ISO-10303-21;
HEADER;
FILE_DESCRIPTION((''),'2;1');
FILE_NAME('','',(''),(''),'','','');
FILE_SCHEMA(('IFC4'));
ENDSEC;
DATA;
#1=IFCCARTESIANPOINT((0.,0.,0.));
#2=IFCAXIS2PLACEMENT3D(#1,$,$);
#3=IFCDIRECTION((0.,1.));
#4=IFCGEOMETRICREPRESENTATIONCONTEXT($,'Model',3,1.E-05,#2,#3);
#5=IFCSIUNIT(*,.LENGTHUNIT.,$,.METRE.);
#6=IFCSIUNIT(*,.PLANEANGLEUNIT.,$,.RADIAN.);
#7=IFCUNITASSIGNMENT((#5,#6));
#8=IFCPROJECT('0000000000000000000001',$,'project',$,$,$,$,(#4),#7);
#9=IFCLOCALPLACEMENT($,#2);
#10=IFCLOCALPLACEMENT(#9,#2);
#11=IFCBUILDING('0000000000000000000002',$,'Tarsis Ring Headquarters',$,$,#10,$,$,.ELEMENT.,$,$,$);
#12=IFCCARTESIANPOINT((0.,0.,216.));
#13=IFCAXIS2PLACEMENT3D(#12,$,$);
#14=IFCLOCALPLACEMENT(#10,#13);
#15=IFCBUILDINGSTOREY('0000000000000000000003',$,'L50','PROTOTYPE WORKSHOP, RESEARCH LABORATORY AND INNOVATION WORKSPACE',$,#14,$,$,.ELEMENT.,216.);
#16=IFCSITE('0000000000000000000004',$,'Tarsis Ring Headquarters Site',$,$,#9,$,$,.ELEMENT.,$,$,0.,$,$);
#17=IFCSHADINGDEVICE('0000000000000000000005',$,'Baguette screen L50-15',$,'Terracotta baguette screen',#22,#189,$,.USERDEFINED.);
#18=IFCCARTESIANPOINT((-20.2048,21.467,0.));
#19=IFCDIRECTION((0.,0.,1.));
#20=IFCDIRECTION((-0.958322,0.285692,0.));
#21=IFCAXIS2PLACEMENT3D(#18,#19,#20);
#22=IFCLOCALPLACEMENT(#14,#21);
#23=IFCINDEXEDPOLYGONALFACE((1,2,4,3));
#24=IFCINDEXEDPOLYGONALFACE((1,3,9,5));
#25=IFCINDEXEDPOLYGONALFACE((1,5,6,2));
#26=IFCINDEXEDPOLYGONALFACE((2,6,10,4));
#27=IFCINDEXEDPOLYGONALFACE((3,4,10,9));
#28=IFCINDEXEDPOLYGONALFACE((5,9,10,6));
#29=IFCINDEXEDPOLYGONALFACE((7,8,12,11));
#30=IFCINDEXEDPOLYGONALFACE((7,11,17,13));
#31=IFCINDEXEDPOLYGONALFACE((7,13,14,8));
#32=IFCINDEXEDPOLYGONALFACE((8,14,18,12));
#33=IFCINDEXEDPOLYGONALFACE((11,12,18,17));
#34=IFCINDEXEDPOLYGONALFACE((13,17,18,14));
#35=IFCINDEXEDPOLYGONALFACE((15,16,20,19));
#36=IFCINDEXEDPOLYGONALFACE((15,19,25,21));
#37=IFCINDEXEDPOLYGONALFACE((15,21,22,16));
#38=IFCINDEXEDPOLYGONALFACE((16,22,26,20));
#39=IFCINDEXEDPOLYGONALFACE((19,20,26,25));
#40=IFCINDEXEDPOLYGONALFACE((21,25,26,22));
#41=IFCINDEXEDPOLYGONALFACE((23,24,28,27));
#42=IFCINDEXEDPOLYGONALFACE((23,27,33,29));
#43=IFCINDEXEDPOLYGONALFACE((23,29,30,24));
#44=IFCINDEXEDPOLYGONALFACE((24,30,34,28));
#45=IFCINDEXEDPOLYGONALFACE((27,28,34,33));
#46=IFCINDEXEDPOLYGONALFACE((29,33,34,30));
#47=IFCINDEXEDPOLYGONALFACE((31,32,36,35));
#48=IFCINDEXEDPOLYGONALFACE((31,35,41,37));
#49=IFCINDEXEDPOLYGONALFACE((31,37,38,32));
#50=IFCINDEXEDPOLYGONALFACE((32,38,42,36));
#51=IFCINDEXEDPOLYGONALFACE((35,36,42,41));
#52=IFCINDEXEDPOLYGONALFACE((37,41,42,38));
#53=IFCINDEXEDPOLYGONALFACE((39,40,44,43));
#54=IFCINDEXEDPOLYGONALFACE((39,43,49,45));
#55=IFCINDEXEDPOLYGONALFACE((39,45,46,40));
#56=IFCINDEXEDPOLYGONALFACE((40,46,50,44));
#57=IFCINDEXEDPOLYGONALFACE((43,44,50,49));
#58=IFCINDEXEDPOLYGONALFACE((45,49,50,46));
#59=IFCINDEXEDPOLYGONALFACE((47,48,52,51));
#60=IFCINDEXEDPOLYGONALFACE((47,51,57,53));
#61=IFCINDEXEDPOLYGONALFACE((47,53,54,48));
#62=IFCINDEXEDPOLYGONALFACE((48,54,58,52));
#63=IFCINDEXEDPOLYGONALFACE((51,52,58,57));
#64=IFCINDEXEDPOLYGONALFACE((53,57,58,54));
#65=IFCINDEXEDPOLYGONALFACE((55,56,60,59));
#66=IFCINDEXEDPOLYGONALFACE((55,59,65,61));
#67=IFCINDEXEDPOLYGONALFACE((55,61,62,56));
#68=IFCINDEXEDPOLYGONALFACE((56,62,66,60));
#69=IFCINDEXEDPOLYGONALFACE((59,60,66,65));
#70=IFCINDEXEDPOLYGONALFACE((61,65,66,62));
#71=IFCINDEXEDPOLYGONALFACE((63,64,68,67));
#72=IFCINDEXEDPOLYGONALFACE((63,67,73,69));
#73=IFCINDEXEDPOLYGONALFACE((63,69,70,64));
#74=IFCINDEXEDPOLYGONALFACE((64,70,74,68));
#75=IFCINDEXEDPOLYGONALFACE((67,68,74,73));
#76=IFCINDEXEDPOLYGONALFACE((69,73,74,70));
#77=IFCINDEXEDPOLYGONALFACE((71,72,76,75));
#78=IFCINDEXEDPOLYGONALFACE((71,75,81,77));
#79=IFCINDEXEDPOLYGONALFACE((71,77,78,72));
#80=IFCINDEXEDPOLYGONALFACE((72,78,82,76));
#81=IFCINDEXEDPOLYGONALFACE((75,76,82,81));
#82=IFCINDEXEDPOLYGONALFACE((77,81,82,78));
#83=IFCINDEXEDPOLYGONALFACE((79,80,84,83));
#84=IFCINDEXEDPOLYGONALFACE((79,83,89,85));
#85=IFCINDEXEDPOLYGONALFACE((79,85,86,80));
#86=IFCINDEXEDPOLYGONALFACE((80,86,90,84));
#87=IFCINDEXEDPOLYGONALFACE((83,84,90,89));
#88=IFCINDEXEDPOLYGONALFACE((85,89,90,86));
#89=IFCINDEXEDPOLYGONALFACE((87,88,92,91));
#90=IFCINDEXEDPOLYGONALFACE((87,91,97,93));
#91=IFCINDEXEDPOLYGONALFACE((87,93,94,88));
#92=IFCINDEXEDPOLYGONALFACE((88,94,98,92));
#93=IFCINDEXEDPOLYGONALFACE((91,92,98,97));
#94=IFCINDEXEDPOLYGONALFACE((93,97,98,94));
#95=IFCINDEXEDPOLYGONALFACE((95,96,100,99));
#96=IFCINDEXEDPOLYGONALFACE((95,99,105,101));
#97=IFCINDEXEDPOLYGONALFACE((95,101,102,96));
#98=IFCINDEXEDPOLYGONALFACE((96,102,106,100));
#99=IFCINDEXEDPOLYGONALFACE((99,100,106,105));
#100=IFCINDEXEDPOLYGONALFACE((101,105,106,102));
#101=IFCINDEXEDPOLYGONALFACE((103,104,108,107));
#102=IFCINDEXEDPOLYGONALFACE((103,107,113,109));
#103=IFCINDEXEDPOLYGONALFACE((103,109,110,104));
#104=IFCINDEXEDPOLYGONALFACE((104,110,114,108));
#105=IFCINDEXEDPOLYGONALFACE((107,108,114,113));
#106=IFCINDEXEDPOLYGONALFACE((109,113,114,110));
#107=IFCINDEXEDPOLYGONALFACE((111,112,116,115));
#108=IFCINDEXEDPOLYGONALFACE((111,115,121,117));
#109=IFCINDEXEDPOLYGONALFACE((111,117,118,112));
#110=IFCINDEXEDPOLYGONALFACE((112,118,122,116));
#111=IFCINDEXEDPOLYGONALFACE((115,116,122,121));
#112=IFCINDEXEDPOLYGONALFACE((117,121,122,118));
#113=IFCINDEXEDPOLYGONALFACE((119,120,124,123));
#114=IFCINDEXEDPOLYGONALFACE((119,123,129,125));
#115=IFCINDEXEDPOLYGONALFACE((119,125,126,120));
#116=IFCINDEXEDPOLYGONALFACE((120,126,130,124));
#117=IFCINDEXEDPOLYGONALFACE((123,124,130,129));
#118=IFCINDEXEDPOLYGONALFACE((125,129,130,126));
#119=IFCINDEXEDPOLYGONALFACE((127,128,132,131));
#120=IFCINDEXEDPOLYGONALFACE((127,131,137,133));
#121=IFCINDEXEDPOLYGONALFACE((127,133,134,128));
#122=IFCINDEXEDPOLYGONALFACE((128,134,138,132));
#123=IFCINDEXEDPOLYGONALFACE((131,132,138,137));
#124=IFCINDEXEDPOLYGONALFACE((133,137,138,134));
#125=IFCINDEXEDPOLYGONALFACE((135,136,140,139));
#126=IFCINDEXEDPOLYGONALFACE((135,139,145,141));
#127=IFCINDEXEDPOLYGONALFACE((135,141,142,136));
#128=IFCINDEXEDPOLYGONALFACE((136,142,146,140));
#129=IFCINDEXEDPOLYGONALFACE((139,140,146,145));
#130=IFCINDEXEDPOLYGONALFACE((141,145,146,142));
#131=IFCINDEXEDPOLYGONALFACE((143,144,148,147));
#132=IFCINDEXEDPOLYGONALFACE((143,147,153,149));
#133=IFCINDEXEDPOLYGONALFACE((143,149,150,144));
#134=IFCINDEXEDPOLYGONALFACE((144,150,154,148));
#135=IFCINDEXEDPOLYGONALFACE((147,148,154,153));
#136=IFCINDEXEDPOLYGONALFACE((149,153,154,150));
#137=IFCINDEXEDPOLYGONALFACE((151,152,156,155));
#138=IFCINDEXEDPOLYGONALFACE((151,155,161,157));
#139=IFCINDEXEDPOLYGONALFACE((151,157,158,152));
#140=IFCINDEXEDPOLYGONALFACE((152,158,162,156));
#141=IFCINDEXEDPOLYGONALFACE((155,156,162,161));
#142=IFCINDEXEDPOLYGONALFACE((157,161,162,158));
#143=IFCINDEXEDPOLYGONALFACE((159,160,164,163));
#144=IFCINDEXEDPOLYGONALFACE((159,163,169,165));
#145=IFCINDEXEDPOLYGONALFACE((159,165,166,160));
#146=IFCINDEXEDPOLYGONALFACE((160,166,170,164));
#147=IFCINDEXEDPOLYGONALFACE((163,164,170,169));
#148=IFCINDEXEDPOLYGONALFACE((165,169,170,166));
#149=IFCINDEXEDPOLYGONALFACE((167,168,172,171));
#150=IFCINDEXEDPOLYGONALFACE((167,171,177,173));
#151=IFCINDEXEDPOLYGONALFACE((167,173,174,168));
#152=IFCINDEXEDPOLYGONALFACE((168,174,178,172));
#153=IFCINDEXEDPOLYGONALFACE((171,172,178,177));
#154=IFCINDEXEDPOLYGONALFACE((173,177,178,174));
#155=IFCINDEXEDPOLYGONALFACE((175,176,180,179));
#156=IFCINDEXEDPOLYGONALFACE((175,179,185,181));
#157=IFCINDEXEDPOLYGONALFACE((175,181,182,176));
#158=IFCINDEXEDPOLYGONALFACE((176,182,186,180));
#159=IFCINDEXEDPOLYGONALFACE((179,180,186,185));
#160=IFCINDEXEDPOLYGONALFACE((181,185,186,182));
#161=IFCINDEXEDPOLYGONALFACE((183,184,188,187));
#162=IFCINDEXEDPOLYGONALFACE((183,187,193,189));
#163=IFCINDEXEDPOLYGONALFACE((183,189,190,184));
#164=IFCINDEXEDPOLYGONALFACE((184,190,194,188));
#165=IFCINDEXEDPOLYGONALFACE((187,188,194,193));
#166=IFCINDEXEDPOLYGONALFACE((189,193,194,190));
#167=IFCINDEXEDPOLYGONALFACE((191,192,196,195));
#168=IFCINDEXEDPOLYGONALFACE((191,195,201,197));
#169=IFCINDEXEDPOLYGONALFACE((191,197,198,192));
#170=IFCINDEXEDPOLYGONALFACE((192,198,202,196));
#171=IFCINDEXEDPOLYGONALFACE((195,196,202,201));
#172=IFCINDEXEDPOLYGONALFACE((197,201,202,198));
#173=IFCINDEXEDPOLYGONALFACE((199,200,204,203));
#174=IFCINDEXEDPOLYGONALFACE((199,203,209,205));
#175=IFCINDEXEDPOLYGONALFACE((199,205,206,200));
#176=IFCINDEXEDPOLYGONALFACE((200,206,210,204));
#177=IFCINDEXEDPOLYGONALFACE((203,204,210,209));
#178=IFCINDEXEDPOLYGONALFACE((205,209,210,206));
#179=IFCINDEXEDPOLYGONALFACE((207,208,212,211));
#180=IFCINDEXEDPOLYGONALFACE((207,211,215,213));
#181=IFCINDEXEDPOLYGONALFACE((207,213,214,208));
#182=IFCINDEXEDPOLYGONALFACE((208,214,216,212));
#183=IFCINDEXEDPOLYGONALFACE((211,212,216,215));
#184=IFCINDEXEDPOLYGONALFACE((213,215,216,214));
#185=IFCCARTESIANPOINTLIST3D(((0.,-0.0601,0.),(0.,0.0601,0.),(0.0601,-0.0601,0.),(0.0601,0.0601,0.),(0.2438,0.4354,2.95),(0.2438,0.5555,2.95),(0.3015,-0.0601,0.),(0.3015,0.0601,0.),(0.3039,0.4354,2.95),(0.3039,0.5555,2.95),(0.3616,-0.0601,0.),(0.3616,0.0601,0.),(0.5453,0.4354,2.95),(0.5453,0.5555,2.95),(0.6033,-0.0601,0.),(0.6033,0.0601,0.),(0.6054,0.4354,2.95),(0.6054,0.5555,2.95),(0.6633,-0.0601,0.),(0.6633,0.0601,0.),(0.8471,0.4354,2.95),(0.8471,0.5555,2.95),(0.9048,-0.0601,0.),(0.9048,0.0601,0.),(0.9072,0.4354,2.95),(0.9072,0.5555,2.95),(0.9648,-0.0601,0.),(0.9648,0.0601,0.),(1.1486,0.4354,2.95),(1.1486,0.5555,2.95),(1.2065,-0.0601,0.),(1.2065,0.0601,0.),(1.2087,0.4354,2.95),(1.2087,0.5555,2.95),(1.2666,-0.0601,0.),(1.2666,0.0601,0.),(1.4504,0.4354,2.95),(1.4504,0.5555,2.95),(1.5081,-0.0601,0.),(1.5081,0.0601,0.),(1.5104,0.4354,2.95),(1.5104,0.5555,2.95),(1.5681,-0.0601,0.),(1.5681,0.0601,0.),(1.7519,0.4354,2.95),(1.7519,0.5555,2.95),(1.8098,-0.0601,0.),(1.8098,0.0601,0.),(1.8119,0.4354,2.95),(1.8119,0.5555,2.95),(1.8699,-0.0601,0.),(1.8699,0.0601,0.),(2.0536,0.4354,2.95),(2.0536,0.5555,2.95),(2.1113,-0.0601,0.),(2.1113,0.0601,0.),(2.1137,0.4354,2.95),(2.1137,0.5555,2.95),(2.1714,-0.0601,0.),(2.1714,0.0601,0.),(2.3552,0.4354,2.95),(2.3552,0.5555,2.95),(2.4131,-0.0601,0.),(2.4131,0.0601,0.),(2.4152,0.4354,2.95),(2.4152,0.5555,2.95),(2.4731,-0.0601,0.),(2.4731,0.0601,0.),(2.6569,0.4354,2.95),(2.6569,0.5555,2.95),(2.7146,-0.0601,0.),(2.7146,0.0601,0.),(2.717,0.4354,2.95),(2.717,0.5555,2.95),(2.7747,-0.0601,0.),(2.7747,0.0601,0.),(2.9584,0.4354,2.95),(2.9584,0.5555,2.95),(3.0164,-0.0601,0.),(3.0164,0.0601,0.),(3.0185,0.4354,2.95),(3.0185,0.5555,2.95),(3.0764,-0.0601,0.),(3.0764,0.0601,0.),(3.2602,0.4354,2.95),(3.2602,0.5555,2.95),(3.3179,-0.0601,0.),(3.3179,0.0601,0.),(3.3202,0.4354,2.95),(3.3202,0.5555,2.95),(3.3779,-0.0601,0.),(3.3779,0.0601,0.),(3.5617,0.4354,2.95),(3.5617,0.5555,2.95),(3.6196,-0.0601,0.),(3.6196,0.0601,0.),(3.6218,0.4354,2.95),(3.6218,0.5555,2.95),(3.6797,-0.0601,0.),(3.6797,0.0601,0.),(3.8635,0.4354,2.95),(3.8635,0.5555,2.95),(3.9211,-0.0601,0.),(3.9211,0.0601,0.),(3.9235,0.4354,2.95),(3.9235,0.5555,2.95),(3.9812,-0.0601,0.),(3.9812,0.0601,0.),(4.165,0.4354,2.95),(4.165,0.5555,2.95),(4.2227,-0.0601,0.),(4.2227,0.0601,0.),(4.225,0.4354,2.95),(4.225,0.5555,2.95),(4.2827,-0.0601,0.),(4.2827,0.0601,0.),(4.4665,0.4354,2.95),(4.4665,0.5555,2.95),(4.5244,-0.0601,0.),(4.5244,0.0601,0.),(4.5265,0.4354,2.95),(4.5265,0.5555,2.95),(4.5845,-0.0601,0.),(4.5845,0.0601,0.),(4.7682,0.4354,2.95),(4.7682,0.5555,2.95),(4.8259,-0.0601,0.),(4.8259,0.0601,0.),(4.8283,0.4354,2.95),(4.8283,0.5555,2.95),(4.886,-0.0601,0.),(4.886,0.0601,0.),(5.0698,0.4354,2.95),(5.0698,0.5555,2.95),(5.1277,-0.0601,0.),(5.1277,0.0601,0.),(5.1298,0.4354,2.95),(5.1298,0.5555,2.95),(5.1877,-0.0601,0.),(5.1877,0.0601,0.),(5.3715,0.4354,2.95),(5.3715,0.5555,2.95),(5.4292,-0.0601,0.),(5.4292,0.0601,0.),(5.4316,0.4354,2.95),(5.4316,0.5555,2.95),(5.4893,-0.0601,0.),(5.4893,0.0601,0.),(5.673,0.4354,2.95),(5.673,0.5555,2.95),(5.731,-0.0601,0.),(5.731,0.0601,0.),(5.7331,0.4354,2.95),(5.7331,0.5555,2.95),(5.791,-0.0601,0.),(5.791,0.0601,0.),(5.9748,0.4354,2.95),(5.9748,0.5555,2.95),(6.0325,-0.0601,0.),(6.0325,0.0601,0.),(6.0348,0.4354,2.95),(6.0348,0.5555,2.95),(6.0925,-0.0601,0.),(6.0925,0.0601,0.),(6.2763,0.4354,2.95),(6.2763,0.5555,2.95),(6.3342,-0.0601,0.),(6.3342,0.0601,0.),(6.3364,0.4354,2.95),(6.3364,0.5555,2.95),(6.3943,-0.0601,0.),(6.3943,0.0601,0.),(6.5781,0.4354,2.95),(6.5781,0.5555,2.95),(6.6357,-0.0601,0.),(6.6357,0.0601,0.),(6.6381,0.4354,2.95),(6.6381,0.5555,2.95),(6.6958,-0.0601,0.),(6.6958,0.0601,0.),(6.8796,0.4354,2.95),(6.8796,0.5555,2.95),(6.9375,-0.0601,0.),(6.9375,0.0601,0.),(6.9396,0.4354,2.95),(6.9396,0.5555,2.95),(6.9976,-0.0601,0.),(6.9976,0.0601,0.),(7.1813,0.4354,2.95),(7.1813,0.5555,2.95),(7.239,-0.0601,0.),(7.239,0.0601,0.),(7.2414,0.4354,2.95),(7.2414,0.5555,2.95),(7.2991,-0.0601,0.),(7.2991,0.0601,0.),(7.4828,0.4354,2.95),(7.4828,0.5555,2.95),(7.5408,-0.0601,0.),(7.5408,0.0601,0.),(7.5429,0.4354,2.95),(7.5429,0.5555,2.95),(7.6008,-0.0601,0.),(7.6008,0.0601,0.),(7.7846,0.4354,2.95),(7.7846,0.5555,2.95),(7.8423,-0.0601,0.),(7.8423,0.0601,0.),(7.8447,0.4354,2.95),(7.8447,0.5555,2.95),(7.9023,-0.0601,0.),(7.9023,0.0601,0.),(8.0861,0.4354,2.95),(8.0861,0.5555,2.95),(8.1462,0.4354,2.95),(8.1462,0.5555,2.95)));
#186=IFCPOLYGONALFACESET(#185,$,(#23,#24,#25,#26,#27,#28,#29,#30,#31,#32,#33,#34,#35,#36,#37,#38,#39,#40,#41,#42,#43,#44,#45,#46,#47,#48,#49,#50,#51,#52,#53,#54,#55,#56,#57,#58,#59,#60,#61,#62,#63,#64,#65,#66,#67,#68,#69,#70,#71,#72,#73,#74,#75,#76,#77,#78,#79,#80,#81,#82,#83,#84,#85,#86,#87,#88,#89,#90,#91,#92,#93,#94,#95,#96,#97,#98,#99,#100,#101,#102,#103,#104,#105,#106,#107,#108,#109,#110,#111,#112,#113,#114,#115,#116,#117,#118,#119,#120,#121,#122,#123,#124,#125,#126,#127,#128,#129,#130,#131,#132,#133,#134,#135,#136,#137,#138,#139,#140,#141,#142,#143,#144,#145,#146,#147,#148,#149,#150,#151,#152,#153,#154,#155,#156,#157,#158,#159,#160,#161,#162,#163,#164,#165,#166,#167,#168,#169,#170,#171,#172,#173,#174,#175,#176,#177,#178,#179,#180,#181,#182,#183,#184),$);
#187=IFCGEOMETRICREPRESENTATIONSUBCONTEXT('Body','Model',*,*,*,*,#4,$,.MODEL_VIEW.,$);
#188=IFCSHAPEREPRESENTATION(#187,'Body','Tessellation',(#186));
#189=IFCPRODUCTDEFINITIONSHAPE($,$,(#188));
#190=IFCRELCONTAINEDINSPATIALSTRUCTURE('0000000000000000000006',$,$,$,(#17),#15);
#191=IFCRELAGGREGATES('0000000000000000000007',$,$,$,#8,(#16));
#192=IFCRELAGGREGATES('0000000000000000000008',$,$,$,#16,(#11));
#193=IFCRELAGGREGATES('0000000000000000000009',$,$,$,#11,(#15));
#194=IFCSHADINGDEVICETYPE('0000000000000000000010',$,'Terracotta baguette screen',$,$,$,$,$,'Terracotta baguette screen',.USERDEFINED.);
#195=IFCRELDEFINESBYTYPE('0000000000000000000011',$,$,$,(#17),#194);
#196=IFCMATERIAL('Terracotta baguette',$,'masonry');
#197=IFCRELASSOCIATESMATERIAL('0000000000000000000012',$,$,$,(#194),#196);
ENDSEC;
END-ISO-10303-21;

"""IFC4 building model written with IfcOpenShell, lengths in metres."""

from ifc_helpers import new_model, si_unit, direction, frame, frame_2d, origin, place, context, subcontext, project, spatial, rectangle, composite_profile, extrude, material, type_object, element, save


model = new_model("IFC4")

# Units and contexts
model_context = context("Model", 3, precision=1e-05, world=origin(), true_north=direction((0.0, 1.0)))
body_context = subcontext(model_context, "Body", "Model", "MODEL_VIEW")
ifc_project = project(units=[si_unit("LENGTHUNIT", "METRE"), si_unit("PLANEANGLEUNIT", "RADIAN")], contexts=[model_context])

# Site, building, storey
site_placement = place(None, origin())
site = spatial("IfcSite", under=ifc_project, at=site_placement, Name="Tarsis Ring Headquarters Site", CompositionType="ELEMENT", RefElevation=0.0)
building_placement = place(site_placement, origin())
building = spatial("IfcBuilding", under=site, at=building_placement, Name="Tarsis Ring Headquarters", CompositionType="ELEMENT")
storey_placement = place(building_placement, frame((0.0, 0.0, 216.0)))
storey = spatial("IfcBuildingStorey", under=building, at=storey_placement, Name="L50", Description="PROTOTYPE WORKSHOP, RESEARCH LABORATORY AND INNOVATION WORKSPACE", CompositionType="ELEMENT", Elevation=216.0)

# Shading device
ifc_material_1 = material(Name="Terracotta baguette", Category="masonry")
shading_device_type_1 = type_object("IfcShadingDeviceType", Name="Terracotta baguette screen", ElementType="Terracotta baguette screen", PredefinedType="USERDEFINED", material=ifc_material_1)
shading_device_1_placement = place(storey_placement, frame((-20.2048, 21.467, 0.0), z_axis=(0.0, 0.0, 1.0), x_axis=(-0.958322, 0.285692, 0.0)))
element("IfcShadingDevice", 1, at=shading_device_1_placement, inside=storey, type_object=shading_device_type_1, Name="Baguette screen L50-15", ObjectType="Terracotta baguette screen", PredefinedType="USERDEFINED", context=body_context, shape_type="SweptSolid", body=[
    extrude(composite_profile([rectangle(XDim=0.0601, YDim=0.1201, at=frame_2d((0.03, 0.0))), rectangle(XDim=0.0601, YDim=0.1201, at=frame_2d((0.3315, 0.0))), rectangle(XDim=0.0601, YDim=0.1201, at=frame_2d((0.6333, 0.0))), rectangle(XDim=0.0601, YDim=0.1201, at=frame_2d((0.9348, 0.0))), rectangle(XDim=0.0601, YDim=0.1201, at=frame_2d((1.2366, 0.0))), rectangle(XDim=0.0601, YDim=0.1201, at=frame_2d((1.5381, 0.0))), rectangle(XDim=0.0601, YDim=0.1201, at=frame_2d((1.8398, 0.0))), rectangle(XDim=0.0601, YDim=0.1201, at=frame_2d((2.1414, 0.0))), rectangle(XDim=0.0601, YDim=0.1201, at=frame_2d((2.4431, 0.0))), rectangle(XDim=0.0601, YDim=0.1201, at=frame_2d((2.7446, 0.0))), rectangle(XDim=0.0601, YDim=0.1201, at=frame_2d((3.0464, 0.0))), rectangle(XDim=0.0601, YDim=0.1201, at=frame_2d((3.3479, 0.0))), rectangle(XDim=0.0601, YDim=0.1201, at=frame_2d((3.6497, 0.0))), rectangle(XDim=0.0601, YDim=0.1201, at=frame_2d((3.9512, 0.0))), rectangle(XDim=0.0601, YDim=0.1201, at=frame_2d((4.2527, 0.0))), rectangle(XDim=0.0601, YDim=0.1201, at=frame_2d((4.5544, 0.0))), rectangle(XDim=0.0601, YDim=0.1201, at=frame_2d((4.856, 0.0))), rectangle(XDim=0.0601, YDim=0.1201, at=frame_2d((5.1577, 0.0))), rectangle(XDim=0.0601, YDim=0.1201, at=frame_2d((5.4592, 0.0))), rectangle(XDim=0.0601, YDim=0.1201, at=frame_2d((5.761, 0.0))), rectangle(XDim=0.0601, YDim=0.1201, at=frame_2d((6.0625, 0.0))), rectangle(XDim=0.0601, YDim=0.1201, at=frame_2d((6.3643, 0.0))), rectangle(XDim=0.0601, YDim=0.1201, at=frame_2d((6.6658, 0.0))), rectangle(XDim=0.0601, YDim=0.1201, at=frame_2d((6.9675, 0.0))), rectangle(XDim=0.0601, YDim=0.1201, at=frame_2d((7.269, 0.0))), rectangle(XDim=0.0601, YDim=0.1201, at=frame_2d((7.5708, 0.0))), rectangle(XDim=0.0601, YDim=0.1201, at=frame_2d((7.8723, 0.0)))]), origin(), (0.081244, 0.165081, 0.982928), 3.0012),
])

save(model, "model.ifc")
